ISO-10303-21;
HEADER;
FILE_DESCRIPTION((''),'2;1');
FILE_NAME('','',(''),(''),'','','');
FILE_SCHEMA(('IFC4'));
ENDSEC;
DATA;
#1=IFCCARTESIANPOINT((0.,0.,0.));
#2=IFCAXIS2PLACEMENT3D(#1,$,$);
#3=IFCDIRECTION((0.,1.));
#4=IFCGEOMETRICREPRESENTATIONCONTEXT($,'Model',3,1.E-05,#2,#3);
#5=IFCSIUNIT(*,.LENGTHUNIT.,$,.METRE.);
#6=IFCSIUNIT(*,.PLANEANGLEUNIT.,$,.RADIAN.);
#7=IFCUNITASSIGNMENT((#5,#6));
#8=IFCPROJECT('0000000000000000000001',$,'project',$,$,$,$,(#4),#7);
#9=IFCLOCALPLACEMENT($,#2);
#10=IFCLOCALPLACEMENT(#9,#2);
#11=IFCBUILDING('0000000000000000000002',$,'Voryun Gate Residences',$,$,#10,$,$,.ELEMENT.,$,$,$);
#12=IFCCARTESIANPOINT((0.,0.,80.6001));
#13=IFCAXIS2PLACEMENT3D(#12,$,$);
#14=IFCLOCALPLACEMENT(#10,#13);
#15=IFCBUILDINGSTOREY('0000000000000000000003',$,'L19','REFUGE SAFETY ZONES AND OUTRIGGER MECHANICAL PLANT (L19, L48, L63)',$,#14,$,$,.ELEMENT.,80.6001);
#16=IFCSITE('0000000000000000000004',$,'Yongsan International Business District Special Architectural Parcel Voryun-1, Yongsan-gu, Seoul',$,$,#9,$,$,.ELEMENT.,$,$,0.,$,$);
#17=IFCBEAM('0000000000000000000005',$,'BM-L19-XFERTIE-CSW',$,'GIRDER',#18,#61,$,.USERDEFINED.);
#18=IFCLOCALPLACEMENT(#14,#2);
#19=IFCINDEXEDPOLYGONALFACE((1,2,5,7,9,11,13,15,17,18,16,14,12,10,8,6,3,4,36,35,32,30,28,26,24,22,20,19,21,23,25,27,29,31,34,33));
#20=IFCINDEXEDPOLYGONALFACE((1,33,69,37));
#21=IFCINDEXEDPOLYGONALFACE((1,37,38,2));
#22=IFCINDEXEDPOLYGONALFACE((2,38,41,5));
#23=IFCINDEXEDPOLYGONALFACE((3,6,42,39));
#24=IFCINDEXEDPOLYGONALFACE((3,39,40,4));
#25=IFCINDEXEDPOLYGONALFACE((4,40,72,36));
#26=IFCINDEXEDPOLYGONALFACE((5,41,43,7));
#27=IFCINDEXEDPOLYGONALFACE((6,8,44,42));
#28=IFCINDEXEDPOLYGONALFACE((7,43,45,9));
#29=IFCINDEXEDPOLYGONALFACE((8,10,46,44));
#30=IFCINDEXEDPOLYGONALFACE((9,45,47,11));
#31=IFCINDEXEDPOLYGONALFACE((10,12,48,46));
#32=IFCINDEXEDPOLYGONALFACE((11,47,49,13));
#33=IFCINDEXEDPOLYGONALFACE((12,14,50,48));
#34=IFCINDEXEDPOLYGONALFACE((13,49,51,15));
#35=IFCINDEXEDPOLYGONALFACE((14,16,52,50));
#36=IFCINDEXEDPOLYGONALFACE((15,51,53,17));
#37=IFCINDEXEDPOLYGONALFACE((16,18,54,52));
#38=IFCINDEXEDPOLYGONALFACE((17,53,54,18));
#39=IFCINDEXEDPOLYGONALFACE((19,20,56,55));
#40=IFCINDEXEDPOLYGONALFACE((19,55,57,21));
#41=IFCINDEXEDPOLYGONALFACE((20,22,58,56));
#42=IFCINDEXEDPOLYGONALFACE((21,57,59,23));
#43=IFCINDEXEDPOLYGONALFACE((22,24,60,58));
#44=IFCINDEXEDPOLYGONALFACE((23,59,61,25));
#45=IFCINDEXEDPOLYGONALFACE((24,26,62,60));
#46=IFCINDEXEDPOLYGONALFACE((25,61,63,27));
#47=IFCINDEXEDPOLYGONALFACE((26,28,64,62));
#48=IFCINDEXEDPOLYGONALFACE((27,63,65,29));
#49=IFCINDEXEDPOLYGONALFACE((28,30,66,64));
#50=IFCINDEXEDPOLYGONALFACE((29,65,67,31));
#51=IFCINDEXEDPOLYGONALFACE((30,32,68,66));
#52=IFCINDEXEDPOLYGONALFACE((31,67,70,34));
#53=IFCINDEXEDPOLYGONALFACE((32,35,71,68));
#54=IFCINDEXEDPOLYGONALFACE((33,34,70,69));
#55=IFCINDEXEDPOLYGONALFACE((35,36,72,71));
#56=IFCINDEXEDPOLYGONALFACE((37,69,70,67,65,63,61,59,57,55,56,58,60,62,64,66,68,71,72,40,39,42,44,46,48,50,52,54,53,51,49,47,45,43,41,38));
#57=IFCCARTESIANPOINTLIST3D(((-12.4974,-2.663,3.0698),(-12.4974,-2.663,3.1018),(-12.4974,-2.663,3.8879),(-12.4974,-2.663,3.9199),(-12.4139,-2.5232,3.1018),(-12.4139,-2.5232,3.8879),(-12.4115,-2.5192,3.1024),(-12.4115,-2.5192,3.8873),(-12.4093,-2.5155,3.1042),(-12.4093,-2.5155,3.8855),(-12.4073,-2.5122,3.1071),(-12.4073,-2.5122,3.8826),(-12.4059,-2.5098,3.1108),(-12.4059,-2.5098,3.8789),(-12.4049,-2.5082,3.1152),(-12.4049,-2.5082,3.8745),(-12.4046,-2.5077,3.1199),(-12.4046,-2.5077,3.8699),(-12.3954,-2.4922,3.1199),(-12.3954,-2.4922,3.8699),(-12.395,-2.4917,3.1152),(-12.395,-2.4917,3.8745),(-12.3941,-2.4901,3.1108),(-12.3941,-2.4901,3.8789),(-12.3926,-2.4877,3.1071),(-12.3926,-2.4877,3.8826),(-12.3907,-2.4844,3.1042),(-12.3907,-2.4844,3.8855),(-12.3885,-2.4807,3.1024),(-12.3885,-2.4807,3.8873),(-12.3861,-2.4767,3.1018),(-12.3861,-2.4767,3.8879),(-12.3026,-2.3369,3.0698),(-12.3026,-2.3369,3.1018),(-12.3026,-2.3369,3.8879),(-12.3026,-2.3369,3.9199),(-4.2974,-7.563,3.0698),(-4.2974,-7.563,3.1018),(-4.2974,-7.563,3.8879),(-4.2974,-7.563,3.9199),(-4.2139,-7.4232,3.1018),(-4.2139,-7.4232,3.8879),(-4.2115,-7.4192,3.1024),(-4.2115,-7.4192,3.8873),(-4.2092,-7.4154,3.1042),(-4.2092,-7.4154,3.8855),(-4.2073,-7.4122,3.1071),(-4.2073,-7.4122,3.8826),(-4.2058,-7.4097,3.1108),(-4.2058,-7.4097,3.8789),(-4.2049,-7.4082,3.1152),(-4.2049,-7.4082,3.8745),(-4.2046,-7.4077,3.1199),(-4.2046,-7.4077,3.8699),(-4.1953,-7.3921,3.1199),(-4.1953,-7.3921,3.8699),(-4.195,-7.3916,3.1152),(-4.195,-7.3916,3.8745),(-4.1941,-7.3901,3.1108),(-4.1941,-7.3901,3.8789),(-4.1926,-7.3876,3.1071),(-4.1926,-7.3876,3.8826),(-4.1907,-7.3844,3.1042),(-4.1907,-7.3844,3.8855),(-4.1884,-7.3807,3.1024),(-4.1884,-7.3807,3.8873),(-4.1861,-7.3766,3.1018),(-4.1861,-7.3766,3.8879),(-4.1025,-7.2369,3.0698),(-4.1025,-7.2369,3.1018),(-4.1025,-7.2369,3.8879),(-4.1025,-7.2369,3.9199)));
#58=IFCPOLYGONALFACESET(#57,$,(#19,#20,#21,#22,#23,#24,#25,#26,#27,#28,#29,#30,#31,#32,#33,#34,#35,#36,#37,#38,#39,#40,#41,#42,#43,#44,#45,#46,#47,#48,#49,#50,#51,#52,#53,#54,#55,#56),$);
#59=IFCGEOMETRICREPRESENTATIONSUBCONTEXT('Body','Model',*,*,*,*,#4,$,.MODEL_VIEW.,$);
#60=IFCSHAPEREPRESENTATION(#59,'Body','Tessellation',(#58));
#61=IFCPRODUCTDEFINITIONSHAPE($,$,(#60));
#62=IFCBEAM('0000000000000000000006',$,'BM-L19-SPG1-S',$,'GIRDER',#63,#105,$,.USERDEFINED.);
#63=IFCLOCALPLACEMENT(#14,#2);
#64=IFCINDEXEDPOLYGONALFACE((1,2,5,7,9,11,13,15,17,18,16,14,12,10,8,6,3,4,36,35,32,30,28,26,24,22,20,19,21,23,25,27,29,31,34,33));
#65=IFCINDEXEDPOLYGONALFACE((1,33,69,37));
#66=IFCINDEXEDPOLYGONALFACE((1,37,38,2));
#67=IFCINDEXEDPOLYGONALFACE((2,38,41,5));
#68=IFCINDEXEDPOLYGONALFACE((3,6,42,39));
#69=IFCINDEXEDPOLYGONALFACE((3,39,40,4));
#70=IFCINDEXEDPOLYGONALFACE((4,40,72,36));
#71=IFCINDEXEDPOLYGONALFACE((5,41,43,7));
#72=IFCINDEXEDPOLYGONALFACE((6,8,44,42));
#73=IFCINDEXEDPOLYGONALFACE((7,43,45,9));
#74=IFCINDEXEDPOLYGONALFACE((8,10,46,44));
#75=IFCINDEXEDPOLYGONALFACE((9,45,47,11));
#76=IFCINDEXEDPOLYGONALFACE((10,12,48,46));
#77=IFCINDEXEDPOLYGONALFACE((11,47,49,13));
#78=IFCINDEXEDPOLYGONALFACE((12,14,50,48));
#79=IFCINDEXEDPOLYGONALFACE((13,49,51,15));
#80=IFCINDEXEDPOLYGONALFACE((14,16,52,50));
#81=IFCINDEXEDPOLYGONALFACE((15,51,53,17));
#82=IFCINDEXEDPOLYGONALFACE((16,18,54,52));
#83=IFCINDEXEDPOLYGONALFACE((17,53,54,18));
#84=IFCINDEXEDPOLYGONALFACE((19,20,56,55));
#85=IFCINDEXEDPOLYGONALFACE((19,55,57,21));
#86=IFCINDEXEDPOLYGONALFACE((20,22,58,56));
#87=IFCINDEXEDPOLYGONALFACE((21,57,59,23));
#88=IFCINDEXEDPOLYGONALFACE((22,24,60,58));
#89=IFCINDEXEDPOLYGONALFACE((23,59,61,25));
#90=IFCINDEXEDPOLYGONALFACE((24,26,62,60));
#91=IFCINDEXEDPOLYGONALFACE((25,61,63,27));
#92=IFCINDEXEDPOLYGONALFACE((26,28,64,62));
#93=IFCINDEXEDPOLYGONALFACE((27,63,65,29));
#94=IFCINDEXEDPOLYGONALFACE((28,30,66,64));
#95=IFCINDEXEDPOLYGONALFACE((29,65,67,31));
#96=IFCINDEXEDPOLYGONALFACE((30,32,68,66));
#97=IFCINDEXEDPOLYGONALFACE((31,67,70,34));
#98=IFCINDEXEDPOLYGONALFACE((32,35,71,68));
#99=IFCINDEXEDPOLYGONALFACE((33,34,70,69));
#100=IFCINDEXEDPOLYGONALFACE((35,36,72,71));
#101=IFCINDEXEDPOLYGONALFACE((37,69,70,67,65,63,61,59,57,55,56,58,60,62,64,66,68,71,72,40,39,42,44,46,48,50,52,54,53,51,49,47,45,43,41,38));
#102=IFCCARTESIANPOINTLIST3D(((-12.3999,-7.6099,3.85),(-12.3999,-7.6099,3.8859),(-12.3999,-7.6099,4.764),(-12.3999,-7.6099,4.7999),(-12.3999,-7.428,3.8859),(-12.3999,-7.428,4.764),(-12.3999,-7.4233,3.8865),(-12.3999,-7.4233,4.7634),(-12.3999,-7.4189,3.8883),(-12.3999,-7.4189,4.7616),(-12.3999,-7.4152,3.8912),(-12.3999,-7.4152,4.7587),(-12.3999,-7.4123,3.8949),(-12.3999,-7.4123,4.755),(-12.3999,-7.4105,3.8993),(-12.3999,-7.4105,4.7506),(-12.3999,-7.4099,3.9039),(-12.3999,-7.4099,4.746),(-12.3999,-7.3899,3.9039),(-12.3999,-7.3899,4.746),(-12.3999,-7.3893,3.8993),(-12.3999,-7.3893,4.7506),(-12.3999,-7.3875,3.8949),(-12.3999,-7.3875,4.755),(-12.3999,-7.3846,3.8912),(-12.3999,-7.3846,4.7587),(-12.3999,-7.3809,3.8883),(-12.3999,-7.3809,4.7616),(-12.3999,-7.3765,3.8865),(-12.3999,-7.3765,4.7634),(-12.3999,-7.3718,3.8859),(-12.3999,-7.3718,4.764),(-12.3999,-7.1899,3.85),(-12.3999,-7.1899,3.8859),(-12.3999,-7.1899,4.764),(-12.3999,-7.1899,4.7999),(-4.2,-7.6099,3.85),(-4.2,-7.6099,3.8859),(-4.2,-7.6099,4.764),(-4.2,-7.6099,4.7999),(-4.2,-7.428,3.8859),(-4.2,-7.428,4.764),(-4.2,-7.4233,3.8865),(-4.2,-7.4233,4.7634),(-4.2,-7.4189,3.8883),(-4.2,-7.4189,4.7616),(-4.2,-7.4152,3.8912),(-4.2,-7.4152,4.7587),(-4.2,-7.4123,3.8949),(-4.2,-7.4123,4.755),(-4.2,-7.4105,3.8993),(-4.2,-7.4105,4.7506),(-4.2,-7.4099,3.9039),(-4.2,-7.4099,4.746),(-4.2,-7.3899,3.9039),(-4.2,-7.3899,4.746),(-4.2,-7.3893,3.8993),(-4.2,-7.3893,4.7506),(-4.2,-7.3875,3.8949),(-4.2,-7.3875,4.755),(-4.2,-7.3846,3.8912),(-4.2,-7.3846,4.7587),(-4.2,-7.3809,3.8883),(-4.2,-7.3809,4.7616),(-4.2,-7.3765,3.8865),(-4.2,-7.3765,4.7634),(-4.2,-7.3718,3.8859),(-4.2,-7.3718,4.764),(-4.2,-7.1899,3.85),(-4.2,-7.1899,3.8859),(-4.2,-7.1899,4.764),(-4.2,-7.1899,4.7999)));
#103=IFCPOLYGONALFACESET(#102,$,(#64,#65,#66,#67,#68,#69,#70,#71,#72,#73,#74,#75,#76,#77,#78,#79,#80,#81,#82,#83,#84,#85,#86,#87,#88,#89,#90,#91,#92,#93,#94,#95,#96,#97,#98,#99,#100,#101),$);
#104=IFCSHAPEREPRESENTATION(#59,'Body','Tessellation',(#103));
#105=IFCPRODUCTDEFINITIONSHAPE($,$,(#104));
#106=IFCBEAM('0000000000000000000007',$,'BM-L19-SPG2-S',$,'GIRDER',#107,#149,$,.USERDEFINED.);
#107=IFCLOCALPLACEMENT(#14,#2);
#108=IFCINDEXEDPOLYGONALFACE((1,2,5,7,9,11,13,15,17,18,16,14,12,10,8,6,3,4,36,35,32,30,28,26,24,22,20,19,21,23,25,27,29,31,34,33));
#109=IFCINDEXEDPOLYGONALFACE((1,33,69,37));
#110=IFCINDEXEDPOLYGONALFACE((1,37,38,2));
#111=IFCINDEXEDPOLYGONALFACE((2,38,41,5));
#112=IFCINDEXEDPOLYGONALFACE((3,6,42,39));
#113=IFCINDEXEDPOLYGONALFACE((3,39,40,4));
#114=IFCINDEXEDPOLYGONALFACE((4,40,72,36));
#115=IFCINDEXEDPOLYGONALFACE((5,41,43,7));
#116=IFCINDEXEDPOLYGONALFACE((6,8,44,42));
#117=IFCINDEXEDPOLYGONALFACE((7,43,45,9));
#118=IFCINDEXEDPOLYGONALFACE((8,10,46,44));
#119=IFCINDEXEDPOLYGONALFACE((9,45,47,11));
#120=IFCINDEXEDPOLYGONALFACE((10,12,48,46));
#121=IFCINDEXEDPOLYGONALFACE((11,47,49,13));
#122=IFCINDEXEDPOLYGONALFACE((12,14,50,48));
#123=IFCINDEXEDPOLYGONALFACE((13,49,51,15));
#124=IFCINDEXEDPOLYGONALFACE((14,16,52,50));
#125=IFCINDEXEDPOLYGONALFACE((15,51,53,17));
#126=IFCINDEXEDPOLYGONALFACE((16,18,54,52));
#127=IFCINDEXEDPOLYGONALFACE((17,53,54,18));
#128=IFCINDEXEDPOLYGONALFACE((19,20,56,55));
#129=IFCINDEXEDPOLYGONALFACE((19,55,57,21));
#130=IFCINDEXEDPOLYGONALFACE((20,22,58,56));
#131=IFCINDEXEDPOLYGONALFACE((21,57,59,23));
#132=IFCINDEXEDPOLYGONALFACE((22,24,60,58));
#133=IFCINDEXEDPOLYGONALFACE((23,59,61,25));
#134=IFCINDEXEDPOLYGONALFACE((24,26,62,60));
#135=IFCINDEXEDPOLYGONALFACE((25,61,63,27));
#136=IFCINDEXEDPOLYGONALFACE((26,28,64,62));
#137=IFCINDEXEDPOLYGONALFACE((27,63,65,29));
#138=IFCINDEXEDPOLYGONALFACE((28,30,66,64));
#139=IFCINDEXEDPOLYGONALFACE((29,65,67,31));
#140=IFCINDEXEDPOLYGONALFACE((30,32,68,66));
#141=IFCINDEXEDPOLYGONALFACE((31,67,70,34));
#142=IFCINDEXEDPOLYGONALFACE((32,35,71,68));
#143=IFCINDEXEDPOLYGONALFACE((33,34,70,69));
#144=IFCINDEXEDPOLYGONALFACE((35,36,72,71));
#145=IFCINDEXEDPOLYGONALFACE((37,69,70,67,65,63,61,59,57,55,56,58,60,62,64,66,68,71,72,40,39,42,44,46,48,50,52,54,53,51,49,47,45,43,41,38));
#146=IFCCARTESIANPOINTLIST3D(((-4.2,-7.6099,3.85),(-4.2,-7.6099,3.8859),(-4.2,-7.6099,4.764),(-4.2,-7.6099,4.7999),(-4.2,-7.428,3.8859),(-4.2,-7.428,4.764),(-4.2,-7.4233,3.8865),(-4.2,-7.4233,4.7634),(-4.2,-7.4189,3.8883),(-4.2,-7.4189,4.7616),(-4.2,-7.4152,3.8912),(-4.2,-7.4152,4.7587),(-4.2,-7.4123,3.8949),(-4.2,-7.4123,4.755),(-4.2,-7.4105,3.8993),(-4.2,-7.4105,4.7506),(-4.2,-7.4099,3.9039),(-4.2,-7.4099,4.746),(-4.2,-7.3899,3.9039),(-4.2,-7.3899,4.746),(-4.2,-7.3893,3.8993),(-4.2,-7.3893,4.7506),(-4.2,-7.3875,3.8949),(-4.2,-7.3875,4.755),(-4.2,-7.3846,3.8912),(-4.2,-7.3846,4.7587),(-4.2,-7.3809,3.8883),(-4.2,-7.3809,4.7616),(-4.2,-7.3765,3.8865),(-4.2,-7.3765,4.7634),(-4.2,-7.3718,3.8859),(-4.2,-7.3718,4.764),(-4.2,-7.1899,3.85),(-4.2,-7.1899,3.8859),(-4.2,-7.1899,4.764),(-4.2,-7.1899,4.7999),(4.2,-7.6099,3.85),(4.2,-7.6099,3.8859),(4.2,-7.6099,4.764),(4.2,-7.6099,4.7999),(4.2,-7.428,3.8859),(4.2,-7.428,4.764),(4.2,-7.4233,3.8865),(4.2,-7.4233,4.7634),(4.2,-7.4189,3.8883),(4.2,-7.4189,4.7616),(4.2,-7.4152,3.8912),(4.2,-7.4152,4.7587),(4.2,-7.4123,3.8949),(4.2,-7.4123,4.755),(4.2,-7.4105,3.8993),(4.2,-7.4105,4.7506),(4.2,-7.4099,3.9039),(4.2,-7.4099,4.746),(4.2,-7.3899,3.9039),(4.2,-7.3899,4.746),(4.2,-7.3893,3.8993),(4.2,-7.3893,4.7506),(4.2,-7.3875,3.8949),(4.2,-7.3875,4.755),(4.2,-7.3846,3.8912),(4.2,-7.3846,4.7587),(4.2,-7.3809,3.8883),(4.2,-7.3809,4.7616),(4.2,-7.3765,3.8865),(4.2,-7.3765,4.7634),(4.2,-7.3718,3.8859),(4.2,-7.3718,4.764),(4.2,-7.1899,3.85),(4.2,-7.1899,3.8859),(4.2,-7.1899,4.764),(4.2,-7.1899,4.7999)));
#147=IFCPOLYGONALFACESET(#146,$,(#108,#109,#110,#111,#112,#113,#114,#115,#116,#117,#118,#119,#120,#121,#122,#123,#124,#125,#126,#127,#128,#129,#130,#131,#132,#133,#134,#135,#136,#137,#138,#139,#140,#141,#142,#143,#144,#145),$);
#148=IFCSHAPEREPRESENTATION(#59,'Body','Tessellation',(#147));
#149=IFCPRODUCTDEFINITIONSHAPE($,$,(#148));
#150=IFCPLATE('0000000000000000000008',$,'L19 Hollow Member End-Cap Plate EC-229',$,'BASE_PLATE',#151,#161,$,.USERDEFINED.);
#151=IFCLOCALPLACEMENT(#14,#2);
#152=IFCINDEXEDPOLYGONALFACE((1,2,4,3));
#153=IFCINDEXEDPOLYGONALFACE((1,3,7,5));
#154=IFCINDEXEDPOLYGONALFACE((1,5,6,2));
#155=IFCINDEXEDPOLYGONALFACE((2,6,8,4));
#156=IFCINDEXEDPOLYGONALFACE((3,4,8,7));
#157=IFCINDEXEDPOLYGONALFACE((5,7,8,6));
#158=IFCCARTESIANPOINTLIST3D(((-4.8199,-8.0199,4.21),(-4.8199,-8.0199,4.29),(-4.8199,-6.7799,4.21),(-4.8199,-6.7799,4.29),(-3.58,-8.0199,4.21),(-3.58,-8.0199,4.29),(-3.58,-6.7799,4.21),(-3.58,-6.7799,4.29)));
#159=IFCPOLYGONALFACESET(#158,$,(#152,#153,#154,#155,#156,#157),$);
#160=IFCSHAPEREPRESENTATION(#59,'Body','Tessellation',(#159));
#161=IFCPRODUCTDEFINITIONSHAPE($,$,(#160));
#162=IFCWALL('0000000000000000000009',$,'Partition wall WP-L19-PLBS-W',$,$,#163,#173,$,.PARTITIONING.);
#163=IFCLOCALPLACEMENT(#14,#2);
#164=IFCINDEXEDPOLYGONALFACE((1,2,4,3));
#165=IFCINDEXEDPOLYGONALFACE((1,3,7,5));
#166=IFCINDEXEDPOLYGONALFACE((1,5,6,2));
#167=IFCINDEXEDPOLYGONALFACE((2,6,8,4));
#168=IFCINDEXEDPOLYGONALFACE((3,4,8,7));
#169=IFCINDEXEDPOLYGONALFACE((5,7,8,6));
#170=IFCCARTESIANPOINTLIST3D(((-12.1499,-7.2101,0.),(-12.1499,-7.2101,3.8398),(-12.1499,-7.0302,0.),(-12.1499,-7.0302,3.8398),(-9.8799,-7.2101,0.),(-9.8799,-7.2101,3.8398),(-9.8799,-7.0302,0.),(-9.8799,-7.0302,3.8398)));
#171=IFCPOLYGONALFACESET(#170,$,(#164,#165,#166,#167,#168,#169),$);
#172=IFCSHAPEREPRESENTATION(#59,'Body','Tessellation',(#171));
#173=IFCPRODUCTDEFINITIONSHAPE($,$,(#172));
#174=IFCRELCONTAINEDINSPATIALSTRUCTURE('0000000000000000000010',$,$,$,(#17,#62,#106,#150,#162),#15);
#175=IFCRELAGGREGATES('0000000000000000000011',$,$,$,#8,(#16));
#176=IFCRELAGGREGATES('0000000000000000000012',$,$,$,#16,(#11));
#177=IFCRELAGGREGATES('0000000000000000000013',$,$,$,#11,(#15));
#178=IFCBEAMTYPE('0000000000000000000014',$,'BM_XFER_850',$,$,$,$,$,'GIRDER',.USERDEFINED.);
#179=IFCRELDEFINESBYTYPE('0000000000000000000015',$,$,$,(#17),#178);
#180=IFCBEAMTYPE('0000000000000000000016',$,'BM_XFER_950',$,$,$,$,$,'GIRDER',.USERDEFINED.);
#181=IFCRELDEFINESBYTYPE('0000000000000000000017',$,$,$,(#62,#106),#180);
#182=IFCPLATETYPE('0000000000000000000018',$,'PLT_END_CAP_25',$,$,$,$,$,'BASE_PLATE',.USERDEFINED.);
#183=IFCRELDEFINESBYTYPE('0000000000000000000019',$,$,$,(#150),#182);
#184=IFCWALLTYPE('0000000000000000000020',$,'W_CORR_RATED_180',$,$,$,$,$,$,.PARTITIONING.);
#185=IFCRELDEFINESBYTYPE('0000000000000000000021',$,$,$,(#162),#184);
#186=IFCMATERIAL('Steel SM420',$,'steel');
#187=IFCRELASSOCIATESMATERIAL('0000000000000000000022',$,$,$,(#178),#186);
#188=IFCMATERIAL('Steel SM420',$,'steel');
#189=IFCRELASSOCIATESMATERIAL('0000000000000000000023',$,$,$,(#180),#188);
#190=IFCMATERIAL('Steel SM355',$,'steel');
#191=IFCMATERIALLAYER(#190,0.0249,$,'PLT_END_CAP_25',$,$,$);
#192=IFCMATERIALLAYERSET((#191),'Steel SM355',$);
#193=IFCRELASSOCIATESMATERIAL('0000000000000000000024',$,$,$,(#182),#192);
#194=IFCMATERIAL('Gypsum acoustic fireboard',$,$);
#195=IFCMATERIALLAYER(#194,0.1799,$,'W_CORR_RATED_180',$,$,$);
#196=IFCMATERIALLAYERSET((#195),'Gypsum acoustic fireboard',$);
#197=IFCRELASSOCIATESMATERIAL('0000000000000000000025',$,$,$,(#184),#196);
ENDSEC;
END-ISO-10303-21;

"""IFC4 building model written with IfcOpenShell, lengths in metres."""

from ifc_helpers import new_model, si_unit, direction, frame, frame_2d, origin, origin_2d, place, context, subcontext, project, spatial, rectangle, i_section, extrude, material, layer, layer_set, material_profile, profile_set, type_object, element, save


model = new_model("IFC4")

# Units and contexts
model_context = context("Model", 3, precision=1e-05, world=origin(), true_north=direction((0.0, 1.0)))
body_context = subcontext(model_context, "Body", "Model", "MODEL_VIEW")
ifc_project = project(units=[si_unit("LENGTHUNIT", "METRE"), si_unit("PLANEANGLEUNIT", "RADIAN")], contexts=[model_context])

# Site, building, storey
site_placement = place(None, origin())
site = spatial("IfcSite", under=ifc_project, at=site_placement, Name="Yongsan International Business District Special Architectural Parcel Voryun-1, Yongsan-gu, Seoul", CompositionType="ELEMENT", RefElevation=0.0)
building_placement = place(site_placement, origin())
building = spatial("IfcBuilding", under=site, at=building_placement, Name="Voryun Gate Residences", CompositionType="ELEMENT")
storey_placement = place(building_placement, frame((0.0, 0.0, 80.6001)))
storey = spatial("IfcBuildingStorey", under=building, at=storey_placement, Name="L19", Description="REFUGE SAFETY ZONES AND OUTRIGGER MECHANICAL PLANT (L19, L48, L63)", CompositionType="ELEMENT", Elevation=80.6001)

# Beams
ifc_material_1 = material(Name="Steel SM420", Category="steel")
ifc_material_profile_1 = material_profile(ifc_material_1, i_section(OverallWidth=0.3799, OverallDepth=0.8501, WebThickness=0.0181, FlangeThickness=0.032, FilletRadius=0.0181, at=origin_2d()), Name="H-850x380x18x32")
ifc_profile_set_1 = profile_set([ifc_material_profile_1], Name="Steel SM420")
beam_type_1 = type_object("IfcBeamType", Name="BM_XFER_850", ElementType="GIRDER", PredefinedType="USERDEFINED", material=ifc_profile_set_1)
beam_1_placement = place(storey_placement, frame((-4.2, -7.3999, 3.4949), z_axis=(-0.858418, 0.51295, 0.0), x_axis=(-0.51295, -0.858418, 0.0)))
element("IfcBeam", 1, at=beam_1_placement, inside=storey, type_object=beam_type_1, Name="BM-L19-XFERTIE-CSW", ObjectType="GIRDER", PredefinedType="USERDEFINED", context=body_context, shape_type="SweptSolid", body=[
    extrude(i_section(OverallWidth=0.3799, OverallDepth=0.8501, WebThickness=0.0181, FlangeThickness=0.032, FilletRadius=0.0181, at=origin_2d()), origin(), (0.0, 0.0, 1.0), 9.5525),
])
ifc_material_2 = material(Name="Steel SM420", Category="steel")
ifc_material_profile_2 = material_profile(ifc_material_2, i_section(OverallWidth=0.4199, OverallDepth=0.95, WebThickness=0.02, FlangeThickness=0.0359, FilletRadius=0.0181, at=origin_2d()), Name="H-950x420x20x36")
ifc_profile_set_2 = profile_set([ifc_material_profile_2], Name="Steel SM420")
beam_type_2 = type_object("IfcBeamType", Name="BM_XFER_950", ElementType="GIRDER", PredefinedType="USERDEFINED", material=ifc_profile_set_2)
beam_2_placement = place(storey_placement, frame((-12.3999, -7.3999, 4.325), z_axis=(1.0, 0.0, 0.0), x_axis=(0.0, 1.0, 0.0)))
element("IfcBeam", 2, at=beam_2_placement, inside=storey, type_object=beam_type_2, Name="BM-L19-SPG1-S", ObjectType="GIRDER", PredefinedType="USERDEFINED", context=body_context, shape_type="SweptSolid", body=[
    extrude(i_section(OverallWidth=0.4199, OverallDepth=0.95, WebThickness=0.02, FlangeThickness=0.0359, FilletRadius=0.0181, at=origin_2d()), origin(), (0.0, 0.0, 1.0), 8.2),
])
beam_3_placement = place(storey_placement, frame((-4.2, -7.3999, 4.325), z_axis=(1.0, 0.0, 0.0), x_axis=(0.0, 1.0, 0.0)))
element("IfcBeam", 3, at=beam_3_placement, inside=storey, type_object=beam_type_2, Name="BM-L19-SPG2-S", ObjectType="GIRDER", PredefinedType="USERDEFINED", context=body_context, shape_type="SweptSolid", body=[
    extrude(i_section(OverallWidth=0.4199, OverallDepth=0.95, WebThickness=0.02, FlangeThickness=0.0359, FilletRadius=0.0181, at=origin_2d()), origin(), (0.0, 0.0, 1.0), 8.3999),
])

# Plate
ifc_material_3 = material(Name="Steel SM355", Category="steel")
ifc_layer_1 = layer(ifc_material_3, 0.0249, Name="PLT_END_CAP_25")
ifc_layer_set_1 = layer_set([ifc_layer_1], Name="Steel SM355")
plate_type = type_object("IfcPlateType", Name="PLT_END_CAP_25", ElementType="BASE_PLATE", PredefinedType="USERDEFINED", material=ifc_layer_set_1)
plate_placement = place(storey_placement, frame((-4.2, -7.3999, 4.21), z_axis=(0.0, 0.0, 1.0), x_axis=(1.0, 0.0, 0.0)))
element("IfcPlate", 4, at=plate_placement, inside=storey, type_object=plate_type, Name="L19 Hollow Member End-Cap Plate EC-229", ObjectType="BASE_PLATE", PredefinedType="USERDEFINED", context=body_context, shape_type="SweptSolid", body=[
    extrude(rectangle(XDim=1.24, YDim=1.24, at=origin_2d()), origin(), (0.0, 0.0, 1.0), 0.0801),
])

# Wall
ifc_material_4 = material(Name="Gypsum acoustic fireboard")
ifc_layer_2 = layer(ifc_material_4, 0.1799, Name="W_CORR_RATED_180")
ifc_layer_set_2 = layer_set([ifc_layer_2], Name="Gypsum acoustic fireboard")
wall_type_1 = type_object("IfcWallType", Name="W_CORR_RATED_180", PredefinedType="PARTITIONING", material=ifc_layer_set_2)
wall_1_placement = place(storey_placement, frame((-12.1499, -7.1201, 0.0), z_axis=(0.0, 0.0, 1.0), x_axis=(1.0, 0.0, 0.0)))
element("IfcWall", 5, at=wall_1_placement, inside=storey, type_object=wall_type_1, Name="Partition wall WP-L19-PLBS-W", PredefinedType="PARTITIONING", context=body_context, shape_type="SweptSolid", body=[
    extrude(rectangle(XDim=2.27, YDim=0.1799, at=frame_2d((1.135, 0.0))), origin(), (0.0, 0.0, 1.0), 3.8398),
])

save(model, "model.ifc")
